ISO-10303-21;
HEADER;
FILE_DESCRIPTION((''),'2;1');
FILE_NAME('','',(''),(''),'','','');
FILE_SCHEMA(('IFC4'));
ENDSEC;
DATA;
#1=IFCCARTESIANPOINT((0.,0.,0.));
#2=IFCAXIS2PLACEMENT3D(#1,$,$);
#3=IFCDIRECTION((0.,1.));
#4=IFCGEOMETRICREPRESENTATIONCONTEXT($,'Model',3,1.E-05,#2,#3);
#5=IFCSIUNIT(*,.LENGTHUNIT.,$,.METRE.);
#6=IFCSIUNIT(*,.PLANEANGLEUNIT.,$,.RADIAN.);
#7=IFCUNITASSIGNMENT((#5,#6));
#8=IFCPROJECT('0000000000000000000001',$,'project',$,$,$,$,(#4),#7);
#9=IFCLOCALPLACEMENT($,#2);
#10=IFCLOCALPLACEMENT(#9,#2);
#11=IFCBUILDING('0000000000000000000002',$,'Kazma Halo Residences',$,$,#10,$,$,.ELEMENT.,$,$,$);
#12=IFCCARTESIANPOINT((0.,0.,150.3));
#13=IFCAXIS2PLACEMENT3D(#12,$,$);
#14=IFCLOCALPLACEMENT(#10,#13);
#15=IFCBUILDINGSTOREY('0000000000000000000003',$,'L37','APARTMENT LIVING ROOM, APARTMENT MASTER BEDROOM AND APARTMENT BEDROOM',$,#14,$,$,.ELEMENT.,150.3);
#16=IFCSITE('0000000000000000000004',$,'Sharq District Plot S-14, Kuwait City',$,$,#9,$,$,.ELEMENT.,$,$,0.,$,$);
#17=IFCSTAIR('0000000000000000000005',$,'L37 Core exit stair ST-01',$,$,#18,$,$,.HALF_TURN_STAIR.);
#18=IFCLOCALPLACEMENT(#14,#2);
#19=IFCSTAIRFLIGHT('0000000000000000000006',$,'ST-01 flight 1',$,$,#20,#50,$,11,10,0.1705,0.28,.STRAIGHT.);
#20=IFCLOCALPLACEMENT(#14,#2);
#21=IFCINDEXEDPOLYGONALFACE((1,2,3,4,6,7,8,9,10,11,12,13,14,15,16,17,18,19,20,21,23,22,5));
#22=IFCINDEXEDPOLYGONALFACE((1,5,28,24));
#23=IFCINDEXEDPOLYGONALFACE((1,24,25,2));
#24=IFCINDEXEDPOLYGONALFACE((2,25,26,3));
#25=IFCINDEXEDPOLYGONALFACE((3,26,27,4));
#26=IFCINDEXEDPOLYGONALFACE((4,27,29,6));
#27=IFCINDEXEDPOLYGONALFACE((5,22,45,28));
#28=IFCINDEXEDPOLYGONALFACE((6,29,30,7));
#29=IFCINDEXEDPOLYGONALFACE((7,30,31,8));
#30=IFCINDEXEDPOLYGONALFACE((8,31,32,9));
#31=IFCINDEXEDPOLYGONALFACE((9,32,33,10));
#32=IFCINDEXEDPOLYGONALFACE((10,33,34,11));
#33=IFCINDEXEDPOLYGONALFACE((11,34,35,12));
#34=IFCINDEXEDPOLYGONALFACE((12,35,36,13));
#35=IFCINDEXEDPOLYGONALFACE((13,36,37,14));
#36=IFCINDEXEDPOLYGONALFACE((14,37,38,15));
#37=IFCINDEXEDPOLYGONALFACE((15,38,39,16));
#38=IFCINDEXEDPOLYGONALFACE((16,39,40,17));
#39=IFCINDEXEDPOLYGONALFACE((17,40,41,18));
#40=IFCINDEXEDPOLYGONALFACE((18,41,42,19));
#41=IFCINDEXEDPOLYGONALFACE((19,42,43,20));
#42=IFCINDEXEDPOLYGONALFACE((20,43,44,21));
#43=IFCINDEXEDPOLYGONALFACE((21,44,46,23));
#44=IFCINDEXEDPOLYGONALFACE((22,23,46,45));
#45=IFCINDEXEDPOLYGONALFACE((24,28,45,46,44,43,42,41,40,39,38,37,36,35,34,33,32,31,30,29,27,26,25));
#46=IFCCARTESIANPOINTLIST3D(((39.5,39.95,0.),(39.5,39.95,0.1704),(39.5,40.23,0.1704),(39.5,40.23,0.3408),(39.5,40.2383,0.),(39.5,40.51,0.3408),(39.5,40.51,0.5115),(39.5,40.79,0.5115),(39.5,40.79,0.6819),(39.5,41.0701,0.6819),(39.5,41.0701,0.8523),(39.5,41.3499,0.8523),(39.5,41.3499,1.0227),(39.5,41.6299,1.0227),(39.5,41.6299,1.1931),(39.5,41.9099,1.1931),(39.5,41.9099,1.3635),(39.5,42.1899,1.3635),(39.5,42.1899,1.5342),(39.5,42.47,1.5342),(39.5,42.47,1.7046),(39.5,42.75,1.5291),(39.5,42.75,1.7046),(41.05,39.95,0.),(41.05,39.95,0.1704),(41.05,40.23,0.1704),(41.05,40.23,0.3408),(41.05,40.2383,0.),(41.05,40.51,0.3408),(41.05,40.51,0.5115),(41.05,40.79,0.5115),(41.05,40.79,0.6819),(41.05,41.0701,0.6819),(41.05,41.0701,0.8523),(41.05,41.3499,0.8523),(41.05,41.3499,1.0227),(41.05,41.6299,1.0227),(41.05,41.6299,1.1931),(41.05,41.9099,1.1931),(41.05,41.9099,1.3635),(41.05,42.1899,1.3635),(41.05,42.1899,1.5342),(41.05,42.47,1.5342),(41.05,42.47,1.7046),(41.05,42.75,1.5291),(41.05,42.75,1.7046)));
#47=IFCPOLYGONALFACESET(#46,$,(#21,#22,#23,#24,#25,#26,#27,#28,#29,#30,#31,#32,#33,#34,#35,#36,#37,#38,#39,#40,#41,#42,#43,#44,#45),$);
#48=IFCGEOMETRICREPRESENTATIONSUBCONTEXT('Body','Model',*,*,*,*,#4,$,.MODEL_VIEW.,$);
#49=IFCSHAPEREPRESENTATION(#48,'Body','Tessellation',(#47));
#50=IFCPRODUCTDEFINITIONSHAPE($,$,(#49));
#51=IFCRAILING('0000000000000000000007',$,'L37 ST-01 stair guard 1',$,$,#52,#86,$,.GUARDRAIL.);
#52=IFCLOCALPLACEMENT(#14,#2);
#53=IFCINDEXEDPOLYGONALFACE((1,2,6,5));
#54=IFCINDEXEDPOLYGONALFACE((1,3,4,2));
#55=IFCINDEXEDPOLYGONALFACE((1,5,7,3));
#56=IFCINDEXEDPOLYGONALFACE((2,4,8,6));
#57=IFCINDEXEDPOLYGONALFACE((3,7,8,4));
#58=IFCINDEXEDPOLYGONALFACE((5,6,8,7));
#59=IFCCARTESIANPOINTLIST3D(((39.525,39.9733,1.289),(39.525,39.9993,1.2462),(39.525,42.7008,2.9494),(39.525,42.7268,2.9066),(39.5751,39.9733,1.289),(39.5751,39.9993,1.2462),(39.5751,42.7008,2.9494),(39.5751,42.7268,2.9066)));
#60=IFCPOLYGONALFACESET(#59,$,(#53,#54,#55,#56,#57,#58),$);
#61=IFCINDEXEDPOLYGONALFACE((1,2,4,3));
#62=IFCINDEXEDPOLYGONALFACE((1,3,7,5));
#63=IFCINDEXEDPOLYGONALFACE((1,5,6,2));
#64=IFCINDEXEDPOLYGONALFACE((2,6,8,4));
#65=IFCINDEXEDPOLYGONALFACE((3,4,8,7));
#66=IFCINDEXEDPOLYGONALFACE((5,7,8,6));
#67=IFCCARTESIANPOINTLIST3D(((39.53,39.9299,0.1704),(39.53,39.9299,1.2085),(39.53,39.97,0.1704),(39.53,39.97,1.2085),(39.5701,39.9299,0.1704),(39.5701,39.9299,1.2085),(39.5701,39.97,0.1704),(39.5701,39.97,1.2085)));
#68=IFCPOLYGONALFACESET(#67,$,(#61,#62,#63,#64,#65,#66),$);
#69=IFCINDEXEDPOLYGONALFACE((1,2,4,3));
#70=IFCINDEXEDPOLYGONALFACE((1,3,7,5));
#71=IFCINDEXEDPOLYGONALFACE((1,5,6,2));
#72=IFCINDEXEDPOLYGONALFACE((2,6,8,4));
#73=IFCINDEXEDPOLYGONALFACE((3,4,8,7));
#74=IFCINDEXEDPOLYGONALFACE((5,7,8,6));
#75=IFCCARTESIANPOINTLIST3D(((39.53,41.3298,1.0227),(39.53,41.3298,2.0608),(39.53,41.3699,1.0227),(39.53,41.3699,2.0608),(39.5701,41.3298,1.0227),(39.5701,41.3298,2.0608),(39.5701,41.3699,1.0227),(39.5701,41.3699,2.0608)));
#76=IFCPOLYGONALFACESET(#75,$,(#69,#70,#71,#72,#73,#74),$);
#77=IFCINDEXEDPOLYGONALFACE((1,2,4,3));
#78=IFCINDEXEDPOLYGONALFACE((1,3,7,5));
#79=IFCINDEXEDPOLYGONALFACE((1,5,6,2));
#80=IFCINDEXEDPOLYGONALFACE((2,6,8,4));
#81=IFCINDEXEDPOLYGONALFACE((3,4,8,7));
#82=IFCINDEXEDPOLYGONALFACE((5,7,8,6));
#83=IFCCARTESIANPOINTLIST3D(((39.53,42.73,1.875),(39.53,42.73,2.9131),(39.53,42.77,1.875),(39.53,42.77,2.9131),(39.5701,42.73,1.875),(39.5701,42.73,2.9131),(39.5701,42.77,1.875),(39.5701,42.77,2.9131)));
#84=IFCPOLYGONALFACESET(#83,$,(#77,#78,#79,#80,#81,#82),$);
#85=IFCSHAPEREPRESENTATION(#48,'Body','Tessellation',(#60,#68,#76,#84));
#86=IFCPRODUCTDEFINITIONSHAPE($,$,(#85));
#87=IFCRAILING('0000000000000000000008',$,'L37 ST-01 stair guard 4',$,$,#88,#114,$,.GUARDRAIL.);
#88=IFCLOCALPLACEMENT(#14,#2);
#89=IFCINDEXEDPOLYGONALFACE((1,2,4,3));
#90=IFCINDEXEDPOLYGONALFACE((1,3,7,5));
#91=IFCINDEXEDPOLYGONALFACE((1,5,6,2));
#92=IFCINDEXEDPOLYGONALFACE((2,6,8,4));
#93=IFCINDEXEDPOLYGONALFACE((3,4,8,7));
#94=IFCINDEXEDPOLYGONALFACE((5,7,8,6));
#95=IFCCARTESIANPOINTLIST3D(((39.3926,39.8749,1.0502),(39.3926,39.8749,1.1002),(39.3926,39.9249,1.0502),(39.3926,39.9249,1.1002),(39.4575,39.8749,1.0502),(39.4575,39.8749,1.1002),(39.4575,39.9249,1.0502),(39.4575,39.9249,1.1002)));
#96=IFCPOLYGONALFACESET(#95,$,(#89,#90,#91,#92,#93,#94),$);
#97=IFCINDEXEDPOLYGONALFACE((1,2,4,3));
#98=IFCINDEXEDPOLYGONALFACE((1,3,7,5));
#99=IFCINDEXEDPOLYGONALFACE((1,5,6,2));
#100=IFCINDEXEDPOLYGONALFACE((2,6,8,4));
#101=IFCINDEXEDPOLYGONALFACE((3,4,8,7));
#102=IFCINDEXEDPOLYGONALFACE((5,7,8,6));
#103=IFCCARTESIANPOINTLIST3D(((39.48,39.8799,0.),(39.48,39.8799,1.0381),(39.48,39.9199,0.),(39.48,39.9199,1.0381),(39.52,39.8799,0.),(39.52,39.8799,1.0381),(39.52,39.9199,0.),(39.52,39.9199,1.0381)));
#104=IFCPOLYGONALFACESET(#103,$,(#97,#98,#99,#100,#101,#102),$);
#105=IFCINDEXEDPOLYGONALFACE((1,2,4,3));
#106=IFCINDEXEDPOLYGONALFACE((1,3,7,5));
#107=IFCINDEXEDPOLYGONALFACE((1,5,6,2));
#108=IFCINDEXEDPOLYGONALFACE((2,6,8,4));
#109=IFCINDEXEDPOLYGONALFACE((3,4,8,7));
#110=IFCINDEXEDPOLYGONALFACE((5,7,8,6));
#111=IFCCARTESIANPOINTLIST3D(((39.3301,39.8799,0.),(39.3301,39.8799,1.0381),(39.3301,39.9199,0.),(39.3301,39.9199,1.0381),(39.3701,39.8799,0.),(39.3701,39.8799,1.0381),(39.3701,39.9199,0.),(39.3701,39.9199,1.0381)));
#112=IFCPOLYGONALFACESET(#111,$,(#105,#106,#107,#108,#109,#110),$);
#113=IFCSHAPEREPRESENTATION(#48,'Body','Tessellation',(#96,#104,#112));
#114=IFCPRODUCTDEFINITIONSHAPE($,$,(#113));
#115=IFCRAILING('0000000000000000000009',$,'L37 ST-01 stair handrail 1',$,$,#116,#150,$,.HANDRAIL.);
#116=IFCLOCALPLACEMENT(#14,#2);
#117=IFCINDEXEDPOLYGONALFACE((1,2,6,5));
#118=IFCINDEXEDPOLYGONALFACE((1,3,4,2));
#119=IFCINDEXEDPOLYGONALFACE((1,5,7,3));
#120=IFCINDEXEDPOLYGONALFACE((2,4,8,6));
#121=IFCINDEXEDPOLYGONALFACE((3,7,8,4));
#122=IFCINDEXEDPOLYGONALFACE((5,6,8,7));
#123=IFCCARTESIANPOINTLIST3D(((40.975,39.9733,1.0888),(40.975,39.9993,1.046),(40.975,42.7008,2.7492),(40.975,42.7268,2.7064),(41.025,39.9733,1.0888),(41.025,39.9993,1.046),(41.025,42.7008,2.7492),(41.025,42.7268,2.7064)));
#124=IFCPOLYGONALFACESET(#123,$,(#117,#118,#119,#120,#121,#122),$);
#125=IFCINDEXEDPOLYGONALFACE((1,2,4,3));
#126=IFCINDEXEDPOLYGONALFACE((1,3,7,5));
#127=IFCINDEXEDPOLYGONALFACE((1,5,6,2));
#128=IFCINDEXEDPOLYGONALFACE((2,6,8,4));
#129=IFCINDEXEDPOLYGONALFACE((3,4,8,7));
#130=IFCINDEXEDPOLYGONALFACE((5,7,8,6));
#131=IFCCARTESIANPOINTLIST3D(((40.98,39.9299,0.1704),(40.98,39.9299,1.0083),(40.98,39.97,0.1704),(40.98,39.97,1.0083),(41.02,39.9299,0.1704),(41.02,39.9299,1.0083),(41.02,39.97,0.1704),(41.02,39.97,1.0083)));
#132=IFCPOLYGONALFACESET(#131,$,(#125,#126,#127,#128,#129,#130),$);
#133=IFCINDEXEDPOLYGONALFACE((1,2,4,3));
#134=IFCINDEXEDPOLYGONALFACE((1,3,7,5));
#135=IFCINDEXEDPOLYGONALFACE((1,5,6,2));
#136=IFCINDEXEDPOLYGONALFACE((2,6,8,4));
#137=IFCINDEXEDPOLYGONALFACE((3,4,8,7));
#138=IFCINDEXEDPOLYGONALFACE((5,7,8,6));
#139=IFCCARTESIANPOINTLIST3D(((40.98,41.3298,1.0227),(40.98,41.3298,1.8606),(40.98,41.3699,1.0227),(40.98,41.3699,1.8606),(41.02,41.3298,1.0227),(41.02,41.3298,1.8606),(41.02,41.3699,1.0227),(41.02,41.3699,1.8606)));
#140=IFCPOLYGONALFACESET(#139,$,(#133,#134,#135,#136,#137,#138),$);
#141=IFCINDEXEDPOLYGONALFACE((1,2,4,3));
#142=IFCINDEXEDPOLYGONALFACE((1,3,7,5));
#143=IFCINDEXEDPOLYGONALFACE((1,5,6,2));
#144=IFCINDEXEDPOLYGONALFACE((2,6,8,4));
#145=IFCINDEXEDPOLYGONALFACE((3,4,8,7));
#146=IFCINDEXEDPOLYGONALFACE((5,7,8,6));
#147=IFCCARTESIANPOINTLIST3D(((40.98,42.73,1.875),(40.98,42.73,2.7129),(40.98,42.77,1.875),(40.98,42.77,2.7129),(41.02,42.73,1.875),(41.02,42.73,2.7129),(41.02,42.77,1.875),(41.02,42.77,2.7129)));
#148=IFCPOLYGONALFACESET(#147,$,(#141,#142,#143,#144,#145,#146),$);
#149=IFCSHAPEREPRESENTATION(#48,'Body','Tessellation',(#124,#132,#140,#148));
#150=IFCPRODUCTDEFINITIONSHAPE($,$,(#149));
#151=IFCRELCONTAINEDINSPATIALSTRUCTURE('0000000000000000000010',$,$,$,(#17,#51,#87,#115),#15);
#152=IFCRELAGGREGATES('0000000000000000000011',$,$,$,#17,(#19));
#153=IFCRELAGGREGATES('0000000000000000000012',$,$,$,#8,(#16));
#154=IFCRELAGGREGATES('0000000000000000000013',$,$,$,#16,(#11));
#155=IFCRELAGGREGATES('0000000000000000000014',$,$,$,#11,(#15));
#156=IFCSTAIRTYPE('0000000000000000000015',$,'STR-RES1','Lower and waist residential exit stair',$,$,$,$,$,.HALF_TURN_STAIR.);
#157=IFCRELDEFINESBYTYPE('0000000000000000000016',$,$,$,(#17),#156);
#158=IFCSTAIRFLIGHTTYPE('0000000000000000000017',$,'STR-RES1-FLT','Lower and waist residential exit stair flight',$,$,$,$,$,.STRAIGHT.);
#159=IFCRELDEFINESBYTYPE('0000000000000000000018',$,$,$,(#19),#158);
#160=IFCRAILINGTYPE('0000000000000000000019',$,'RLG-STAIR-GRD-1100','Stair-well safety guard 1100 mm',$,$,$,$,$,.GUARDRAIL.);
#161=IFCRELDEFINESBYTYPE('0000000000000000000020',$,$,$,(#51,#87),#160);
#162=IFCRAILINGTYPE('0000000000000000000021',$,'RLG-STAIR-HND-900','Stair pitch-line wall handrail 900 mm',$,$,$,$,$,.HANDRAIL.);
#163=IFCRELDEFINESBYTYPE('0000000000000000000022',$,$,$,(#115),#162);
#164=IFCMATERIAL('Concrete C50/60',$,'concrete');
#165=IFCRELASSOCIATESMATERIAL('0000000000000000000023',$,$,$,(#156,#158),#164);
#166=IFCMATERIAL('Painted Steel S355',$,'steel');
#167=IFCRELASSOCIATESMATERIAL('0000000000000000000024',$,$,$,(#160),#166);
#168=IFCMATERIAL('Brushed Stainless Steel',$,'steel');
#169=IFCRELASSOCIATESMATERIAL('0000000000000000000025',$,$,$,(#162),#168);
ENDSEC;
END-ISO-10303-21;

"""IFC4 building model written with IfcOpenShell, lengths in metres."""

from ifc_helpers import new_model, si_unit, direction, frame, origin, origin_2d, place, context, subcontext, project, spatial, polyline, rectangle, outline, extrude, material, type_object, element, aggregate, save


model = new_model("IFC4")

# Units and contexts
model_context = context("Model", 3, precision=1e-05, world=origin(), true_north=direction((0.0, 1.0)))
body_context = subcontext(model_context, "Body", "Model", "MODEL_VIEW")
ifc_project = project(units=[si_unit("LENGTHUNIT", "METRE"), si_unit("PLANEANGLEUNIT", "RADIAN")], contexts=[model_context])

# Site, building, storey
site_placement = place(None, origin())
site = spatial("IfcSite", under=ifc_project, at=site_placement, Name="Sharq District Plot S-14, Kuwait City", CompositionType="ELEMENT", RefElevation=0.0)
building_placement = place(site_placement, origin())
building = spatial("IfcBuilding", under=site, at=building_placement, Name="Kazma Halo Residences", CompositionType="ELEMENT")
storey_placement = place(building_placement, frame((0.0, 0.0, 150.3)))
storey = spatial("IfcBuildingStorey", under=building, at=storey_placement, Name="L37", Description="APARTMENT LIVING ROOM, APARTMENT MASTER BEDROOM AND APARTMENT BEDROOM", CompositionType="ELEMENT", Elevation=150.3)

# Shared definitions
ifc_material_1 = material(Name="Concrete C50/60", Category="concrete")

# Stair, stair flight
stair_type = type_object("IfcStairType", Name="STR-RES1", Description="Lower and waist residential exit stair", PredefinedType="HALF_TURN_STAIR", material=ifc_material_1)
stair_placement = place(storey_placement, origin())
stair = element("IfcStair", 1, at=stair_placement, inside=storey, type_object=stair_type, Name="L37 Core exit stair ST-01", PredefinedType="HALF_TURN_STAIR")
stair_flight_type = type_object("IfcStairFlightType", Name="STR-RES1-FLT", Description="Lower and waist residential exit stair flight", PredefinedType="STRAIGHT", material=ifc_material_1)
stair_flight_placement = place(storey_placement, frame((40.2749, 39.95, 0.0), z_axis=(0.0, 0.0, 1.0), x_axis=(0.0, 1.0, 0.0)))
stair_flight = element("IfcStairFlight", 2, at=stair_flight_placement, type_object=stair_flight_type, Name="ST-01 flight 1", NumberOfRisers=11, NumberOfTreads=10, PredefinedType="STRAIGHT", RiserHeight=0.1705, TreadLength=0.28, context=body_context, shape_type="SweptSolid", body=[
    extrude(outline(polyline([(0.0, 0.0), (0.0, 0.1704), (0.28, 0.1704), (0.28, 0.3408), (0.5601, 0.3408), (0.5601, 0.5115), (0.8401, 0.5115), (0.8401, 0.6819), (1.1201, 0.6819), (1.1201, 0.8523), (1.3999, 0.8523), (1.3999, 1.0227), (1.6799, 1.0227), (1.6799, 1.1931), (1.96, 1.1931), (1.96, 1.3635), (2.24, 1.3635), (2.24, 1.5342), (2.52, 1.5342), (2.52, 1.7046), (2.8, 1.7046), (2.8, 1.875), (2.8, 1.5291), (0.2883, 0.0), (0.0, 0.0)])), frame((0.0, 0.7749, 0.0), z_axis=(0.0, -1.0, 0.0), x_axis=(1.0, 0.0, 0.0)), (0.0, 0.0, 1.0), 1.55),
])
aggregate(stair, [stair_flight])

# Railings
ifc_material_2 = material(Name="Painted Steel S355", Category="steel")
railing_type_1 = type_object("IfcRailingType", Name="RLG-STAIR-GRD-1100", Description="Stair-well safety guard 1100 mm", PredefinedType="GUARDRAIL", material=ifc_material_2)
railing_1_placement = place(storey_placement, frame((39.55, 39.95, 0.1704)))
element("IfcRailing", 3, at=railing_1_placement, inside=storey, type_object=railing_type_1, Name="L37 ST-01 stair guard 1", PredefinedType="GUARDRAIL", context=body_context, shape_type="SweptSolid", body=[
    extrude(rectangle(XDim=0.05, YDim=0.05, at=origin_2d()), frame((0.0, 0.0364, 1.0972), z_axis=(0.0, 0.85417, 0.519994), x_axis=(-1.0, 0.0, 0.0)), (0.0, 0.0, 1.0), 3.1931),
    extrude(rectangle(XDim=0.04, YDim=0.04, at=origin_2d()), origin(), (0.0, 0.0, 1.0), 1.0381),
    extrude(rectangle(XDim=0.04, YDim=0.04, at=origin_2d()), frame((0.0, 1.3999, 0.8523)), (0.0, 0.0, 1.0), 1.0381),
    extrude(rectangle(XDim=0.04, YDim=0.04, at=origin_2d()), frame((0.0, 2.8, 1.7046)), (0.0, 0.0, 1.0), 1.0381),
])
railing_2_placement = place(storey_placement, frame((39.5, 39.8999, 0.0)))
element("IfcRailing", 4, at=railing_2_placement, inside=storey, type_object=railing_type_1, Name="L37 ST-01 stair guard 4", PredefinedType="GUARDRAIL", context=body_context, shape_type="SweptSolid", body=[
    extrude(rectangle(XDim=0.05, YDim=0.05, at=origin_2d()), frame((-0.0425, 0.0, 1.0752), z_axis=(-1.0, 0.0, 0.0), x_axis=(0.0, -1.0, 0.0)), (0.0, 0.0, 1.0), 0.0649),
    extrude(rectangle(XDim=0.04, YDim=0.04, at=origin_2d()), origin(), (0.0, 0.0, 1.0), 1.0381),
    extrude(rectangle(XDim=0.04, YDim=0.04, at=origin_2d()), frame((-0.1499, 0.0, 0.0)), (0.0, 0.0, 1.0), 1.0381),
])
ifc_material_3 = material(Name="Brushed Stainless Steel", Category="steel")
railing_type_2 = type_object("IfcRailingType", Name="RLG-STAIR-HND-900", Description="Stair pitch-line wall handrail 900 mm", PredefinedType="HANDRAIL", material=ifc_material_3)
railing_3_placement = place(storey_placement, frame((41.0, 39.95, 0.1704)))
element("IfcRailing", 5, at=railing_3_placement, inside=storey, type_object=railing_type_2, Name="L37 ST-01 stair handrail 1", PredefinedType="HANDRAIL", context=body_context, shape_type="SweptSolid", body=[
    extrude(rectangle(XDim=0.05, YDim=0.05, at=origin_2d()), frame((0.0, 0.0364, 0.897), z_axis=(0.0, 0.85417, 0.519994), x_axis=(-1.0, 0.0, 0.0)), (0.0, 0.0, 1.0), 3.1931),
    extrude(rectangle(XDim=0.04, YDim=0.04, at=origin_2d()), origin(), (0.0, 0.0, 1.0), 0.8379),
    extrude(rectangle(XDim=0.04, YDim=0.04, at=origin_2d()), frame((0.0, 1.3999, 0.8523)), (0.0, 0.0, 1.0), 0.8379),
    extrude(rectangle(XDim=0.04, YDim=0.04, at=origin_2d()), frame((0.0, 2.8, 1.7046)), (0.0, 0.0, 1.0), 0.8379),
])

save(model, "model.ifc")
